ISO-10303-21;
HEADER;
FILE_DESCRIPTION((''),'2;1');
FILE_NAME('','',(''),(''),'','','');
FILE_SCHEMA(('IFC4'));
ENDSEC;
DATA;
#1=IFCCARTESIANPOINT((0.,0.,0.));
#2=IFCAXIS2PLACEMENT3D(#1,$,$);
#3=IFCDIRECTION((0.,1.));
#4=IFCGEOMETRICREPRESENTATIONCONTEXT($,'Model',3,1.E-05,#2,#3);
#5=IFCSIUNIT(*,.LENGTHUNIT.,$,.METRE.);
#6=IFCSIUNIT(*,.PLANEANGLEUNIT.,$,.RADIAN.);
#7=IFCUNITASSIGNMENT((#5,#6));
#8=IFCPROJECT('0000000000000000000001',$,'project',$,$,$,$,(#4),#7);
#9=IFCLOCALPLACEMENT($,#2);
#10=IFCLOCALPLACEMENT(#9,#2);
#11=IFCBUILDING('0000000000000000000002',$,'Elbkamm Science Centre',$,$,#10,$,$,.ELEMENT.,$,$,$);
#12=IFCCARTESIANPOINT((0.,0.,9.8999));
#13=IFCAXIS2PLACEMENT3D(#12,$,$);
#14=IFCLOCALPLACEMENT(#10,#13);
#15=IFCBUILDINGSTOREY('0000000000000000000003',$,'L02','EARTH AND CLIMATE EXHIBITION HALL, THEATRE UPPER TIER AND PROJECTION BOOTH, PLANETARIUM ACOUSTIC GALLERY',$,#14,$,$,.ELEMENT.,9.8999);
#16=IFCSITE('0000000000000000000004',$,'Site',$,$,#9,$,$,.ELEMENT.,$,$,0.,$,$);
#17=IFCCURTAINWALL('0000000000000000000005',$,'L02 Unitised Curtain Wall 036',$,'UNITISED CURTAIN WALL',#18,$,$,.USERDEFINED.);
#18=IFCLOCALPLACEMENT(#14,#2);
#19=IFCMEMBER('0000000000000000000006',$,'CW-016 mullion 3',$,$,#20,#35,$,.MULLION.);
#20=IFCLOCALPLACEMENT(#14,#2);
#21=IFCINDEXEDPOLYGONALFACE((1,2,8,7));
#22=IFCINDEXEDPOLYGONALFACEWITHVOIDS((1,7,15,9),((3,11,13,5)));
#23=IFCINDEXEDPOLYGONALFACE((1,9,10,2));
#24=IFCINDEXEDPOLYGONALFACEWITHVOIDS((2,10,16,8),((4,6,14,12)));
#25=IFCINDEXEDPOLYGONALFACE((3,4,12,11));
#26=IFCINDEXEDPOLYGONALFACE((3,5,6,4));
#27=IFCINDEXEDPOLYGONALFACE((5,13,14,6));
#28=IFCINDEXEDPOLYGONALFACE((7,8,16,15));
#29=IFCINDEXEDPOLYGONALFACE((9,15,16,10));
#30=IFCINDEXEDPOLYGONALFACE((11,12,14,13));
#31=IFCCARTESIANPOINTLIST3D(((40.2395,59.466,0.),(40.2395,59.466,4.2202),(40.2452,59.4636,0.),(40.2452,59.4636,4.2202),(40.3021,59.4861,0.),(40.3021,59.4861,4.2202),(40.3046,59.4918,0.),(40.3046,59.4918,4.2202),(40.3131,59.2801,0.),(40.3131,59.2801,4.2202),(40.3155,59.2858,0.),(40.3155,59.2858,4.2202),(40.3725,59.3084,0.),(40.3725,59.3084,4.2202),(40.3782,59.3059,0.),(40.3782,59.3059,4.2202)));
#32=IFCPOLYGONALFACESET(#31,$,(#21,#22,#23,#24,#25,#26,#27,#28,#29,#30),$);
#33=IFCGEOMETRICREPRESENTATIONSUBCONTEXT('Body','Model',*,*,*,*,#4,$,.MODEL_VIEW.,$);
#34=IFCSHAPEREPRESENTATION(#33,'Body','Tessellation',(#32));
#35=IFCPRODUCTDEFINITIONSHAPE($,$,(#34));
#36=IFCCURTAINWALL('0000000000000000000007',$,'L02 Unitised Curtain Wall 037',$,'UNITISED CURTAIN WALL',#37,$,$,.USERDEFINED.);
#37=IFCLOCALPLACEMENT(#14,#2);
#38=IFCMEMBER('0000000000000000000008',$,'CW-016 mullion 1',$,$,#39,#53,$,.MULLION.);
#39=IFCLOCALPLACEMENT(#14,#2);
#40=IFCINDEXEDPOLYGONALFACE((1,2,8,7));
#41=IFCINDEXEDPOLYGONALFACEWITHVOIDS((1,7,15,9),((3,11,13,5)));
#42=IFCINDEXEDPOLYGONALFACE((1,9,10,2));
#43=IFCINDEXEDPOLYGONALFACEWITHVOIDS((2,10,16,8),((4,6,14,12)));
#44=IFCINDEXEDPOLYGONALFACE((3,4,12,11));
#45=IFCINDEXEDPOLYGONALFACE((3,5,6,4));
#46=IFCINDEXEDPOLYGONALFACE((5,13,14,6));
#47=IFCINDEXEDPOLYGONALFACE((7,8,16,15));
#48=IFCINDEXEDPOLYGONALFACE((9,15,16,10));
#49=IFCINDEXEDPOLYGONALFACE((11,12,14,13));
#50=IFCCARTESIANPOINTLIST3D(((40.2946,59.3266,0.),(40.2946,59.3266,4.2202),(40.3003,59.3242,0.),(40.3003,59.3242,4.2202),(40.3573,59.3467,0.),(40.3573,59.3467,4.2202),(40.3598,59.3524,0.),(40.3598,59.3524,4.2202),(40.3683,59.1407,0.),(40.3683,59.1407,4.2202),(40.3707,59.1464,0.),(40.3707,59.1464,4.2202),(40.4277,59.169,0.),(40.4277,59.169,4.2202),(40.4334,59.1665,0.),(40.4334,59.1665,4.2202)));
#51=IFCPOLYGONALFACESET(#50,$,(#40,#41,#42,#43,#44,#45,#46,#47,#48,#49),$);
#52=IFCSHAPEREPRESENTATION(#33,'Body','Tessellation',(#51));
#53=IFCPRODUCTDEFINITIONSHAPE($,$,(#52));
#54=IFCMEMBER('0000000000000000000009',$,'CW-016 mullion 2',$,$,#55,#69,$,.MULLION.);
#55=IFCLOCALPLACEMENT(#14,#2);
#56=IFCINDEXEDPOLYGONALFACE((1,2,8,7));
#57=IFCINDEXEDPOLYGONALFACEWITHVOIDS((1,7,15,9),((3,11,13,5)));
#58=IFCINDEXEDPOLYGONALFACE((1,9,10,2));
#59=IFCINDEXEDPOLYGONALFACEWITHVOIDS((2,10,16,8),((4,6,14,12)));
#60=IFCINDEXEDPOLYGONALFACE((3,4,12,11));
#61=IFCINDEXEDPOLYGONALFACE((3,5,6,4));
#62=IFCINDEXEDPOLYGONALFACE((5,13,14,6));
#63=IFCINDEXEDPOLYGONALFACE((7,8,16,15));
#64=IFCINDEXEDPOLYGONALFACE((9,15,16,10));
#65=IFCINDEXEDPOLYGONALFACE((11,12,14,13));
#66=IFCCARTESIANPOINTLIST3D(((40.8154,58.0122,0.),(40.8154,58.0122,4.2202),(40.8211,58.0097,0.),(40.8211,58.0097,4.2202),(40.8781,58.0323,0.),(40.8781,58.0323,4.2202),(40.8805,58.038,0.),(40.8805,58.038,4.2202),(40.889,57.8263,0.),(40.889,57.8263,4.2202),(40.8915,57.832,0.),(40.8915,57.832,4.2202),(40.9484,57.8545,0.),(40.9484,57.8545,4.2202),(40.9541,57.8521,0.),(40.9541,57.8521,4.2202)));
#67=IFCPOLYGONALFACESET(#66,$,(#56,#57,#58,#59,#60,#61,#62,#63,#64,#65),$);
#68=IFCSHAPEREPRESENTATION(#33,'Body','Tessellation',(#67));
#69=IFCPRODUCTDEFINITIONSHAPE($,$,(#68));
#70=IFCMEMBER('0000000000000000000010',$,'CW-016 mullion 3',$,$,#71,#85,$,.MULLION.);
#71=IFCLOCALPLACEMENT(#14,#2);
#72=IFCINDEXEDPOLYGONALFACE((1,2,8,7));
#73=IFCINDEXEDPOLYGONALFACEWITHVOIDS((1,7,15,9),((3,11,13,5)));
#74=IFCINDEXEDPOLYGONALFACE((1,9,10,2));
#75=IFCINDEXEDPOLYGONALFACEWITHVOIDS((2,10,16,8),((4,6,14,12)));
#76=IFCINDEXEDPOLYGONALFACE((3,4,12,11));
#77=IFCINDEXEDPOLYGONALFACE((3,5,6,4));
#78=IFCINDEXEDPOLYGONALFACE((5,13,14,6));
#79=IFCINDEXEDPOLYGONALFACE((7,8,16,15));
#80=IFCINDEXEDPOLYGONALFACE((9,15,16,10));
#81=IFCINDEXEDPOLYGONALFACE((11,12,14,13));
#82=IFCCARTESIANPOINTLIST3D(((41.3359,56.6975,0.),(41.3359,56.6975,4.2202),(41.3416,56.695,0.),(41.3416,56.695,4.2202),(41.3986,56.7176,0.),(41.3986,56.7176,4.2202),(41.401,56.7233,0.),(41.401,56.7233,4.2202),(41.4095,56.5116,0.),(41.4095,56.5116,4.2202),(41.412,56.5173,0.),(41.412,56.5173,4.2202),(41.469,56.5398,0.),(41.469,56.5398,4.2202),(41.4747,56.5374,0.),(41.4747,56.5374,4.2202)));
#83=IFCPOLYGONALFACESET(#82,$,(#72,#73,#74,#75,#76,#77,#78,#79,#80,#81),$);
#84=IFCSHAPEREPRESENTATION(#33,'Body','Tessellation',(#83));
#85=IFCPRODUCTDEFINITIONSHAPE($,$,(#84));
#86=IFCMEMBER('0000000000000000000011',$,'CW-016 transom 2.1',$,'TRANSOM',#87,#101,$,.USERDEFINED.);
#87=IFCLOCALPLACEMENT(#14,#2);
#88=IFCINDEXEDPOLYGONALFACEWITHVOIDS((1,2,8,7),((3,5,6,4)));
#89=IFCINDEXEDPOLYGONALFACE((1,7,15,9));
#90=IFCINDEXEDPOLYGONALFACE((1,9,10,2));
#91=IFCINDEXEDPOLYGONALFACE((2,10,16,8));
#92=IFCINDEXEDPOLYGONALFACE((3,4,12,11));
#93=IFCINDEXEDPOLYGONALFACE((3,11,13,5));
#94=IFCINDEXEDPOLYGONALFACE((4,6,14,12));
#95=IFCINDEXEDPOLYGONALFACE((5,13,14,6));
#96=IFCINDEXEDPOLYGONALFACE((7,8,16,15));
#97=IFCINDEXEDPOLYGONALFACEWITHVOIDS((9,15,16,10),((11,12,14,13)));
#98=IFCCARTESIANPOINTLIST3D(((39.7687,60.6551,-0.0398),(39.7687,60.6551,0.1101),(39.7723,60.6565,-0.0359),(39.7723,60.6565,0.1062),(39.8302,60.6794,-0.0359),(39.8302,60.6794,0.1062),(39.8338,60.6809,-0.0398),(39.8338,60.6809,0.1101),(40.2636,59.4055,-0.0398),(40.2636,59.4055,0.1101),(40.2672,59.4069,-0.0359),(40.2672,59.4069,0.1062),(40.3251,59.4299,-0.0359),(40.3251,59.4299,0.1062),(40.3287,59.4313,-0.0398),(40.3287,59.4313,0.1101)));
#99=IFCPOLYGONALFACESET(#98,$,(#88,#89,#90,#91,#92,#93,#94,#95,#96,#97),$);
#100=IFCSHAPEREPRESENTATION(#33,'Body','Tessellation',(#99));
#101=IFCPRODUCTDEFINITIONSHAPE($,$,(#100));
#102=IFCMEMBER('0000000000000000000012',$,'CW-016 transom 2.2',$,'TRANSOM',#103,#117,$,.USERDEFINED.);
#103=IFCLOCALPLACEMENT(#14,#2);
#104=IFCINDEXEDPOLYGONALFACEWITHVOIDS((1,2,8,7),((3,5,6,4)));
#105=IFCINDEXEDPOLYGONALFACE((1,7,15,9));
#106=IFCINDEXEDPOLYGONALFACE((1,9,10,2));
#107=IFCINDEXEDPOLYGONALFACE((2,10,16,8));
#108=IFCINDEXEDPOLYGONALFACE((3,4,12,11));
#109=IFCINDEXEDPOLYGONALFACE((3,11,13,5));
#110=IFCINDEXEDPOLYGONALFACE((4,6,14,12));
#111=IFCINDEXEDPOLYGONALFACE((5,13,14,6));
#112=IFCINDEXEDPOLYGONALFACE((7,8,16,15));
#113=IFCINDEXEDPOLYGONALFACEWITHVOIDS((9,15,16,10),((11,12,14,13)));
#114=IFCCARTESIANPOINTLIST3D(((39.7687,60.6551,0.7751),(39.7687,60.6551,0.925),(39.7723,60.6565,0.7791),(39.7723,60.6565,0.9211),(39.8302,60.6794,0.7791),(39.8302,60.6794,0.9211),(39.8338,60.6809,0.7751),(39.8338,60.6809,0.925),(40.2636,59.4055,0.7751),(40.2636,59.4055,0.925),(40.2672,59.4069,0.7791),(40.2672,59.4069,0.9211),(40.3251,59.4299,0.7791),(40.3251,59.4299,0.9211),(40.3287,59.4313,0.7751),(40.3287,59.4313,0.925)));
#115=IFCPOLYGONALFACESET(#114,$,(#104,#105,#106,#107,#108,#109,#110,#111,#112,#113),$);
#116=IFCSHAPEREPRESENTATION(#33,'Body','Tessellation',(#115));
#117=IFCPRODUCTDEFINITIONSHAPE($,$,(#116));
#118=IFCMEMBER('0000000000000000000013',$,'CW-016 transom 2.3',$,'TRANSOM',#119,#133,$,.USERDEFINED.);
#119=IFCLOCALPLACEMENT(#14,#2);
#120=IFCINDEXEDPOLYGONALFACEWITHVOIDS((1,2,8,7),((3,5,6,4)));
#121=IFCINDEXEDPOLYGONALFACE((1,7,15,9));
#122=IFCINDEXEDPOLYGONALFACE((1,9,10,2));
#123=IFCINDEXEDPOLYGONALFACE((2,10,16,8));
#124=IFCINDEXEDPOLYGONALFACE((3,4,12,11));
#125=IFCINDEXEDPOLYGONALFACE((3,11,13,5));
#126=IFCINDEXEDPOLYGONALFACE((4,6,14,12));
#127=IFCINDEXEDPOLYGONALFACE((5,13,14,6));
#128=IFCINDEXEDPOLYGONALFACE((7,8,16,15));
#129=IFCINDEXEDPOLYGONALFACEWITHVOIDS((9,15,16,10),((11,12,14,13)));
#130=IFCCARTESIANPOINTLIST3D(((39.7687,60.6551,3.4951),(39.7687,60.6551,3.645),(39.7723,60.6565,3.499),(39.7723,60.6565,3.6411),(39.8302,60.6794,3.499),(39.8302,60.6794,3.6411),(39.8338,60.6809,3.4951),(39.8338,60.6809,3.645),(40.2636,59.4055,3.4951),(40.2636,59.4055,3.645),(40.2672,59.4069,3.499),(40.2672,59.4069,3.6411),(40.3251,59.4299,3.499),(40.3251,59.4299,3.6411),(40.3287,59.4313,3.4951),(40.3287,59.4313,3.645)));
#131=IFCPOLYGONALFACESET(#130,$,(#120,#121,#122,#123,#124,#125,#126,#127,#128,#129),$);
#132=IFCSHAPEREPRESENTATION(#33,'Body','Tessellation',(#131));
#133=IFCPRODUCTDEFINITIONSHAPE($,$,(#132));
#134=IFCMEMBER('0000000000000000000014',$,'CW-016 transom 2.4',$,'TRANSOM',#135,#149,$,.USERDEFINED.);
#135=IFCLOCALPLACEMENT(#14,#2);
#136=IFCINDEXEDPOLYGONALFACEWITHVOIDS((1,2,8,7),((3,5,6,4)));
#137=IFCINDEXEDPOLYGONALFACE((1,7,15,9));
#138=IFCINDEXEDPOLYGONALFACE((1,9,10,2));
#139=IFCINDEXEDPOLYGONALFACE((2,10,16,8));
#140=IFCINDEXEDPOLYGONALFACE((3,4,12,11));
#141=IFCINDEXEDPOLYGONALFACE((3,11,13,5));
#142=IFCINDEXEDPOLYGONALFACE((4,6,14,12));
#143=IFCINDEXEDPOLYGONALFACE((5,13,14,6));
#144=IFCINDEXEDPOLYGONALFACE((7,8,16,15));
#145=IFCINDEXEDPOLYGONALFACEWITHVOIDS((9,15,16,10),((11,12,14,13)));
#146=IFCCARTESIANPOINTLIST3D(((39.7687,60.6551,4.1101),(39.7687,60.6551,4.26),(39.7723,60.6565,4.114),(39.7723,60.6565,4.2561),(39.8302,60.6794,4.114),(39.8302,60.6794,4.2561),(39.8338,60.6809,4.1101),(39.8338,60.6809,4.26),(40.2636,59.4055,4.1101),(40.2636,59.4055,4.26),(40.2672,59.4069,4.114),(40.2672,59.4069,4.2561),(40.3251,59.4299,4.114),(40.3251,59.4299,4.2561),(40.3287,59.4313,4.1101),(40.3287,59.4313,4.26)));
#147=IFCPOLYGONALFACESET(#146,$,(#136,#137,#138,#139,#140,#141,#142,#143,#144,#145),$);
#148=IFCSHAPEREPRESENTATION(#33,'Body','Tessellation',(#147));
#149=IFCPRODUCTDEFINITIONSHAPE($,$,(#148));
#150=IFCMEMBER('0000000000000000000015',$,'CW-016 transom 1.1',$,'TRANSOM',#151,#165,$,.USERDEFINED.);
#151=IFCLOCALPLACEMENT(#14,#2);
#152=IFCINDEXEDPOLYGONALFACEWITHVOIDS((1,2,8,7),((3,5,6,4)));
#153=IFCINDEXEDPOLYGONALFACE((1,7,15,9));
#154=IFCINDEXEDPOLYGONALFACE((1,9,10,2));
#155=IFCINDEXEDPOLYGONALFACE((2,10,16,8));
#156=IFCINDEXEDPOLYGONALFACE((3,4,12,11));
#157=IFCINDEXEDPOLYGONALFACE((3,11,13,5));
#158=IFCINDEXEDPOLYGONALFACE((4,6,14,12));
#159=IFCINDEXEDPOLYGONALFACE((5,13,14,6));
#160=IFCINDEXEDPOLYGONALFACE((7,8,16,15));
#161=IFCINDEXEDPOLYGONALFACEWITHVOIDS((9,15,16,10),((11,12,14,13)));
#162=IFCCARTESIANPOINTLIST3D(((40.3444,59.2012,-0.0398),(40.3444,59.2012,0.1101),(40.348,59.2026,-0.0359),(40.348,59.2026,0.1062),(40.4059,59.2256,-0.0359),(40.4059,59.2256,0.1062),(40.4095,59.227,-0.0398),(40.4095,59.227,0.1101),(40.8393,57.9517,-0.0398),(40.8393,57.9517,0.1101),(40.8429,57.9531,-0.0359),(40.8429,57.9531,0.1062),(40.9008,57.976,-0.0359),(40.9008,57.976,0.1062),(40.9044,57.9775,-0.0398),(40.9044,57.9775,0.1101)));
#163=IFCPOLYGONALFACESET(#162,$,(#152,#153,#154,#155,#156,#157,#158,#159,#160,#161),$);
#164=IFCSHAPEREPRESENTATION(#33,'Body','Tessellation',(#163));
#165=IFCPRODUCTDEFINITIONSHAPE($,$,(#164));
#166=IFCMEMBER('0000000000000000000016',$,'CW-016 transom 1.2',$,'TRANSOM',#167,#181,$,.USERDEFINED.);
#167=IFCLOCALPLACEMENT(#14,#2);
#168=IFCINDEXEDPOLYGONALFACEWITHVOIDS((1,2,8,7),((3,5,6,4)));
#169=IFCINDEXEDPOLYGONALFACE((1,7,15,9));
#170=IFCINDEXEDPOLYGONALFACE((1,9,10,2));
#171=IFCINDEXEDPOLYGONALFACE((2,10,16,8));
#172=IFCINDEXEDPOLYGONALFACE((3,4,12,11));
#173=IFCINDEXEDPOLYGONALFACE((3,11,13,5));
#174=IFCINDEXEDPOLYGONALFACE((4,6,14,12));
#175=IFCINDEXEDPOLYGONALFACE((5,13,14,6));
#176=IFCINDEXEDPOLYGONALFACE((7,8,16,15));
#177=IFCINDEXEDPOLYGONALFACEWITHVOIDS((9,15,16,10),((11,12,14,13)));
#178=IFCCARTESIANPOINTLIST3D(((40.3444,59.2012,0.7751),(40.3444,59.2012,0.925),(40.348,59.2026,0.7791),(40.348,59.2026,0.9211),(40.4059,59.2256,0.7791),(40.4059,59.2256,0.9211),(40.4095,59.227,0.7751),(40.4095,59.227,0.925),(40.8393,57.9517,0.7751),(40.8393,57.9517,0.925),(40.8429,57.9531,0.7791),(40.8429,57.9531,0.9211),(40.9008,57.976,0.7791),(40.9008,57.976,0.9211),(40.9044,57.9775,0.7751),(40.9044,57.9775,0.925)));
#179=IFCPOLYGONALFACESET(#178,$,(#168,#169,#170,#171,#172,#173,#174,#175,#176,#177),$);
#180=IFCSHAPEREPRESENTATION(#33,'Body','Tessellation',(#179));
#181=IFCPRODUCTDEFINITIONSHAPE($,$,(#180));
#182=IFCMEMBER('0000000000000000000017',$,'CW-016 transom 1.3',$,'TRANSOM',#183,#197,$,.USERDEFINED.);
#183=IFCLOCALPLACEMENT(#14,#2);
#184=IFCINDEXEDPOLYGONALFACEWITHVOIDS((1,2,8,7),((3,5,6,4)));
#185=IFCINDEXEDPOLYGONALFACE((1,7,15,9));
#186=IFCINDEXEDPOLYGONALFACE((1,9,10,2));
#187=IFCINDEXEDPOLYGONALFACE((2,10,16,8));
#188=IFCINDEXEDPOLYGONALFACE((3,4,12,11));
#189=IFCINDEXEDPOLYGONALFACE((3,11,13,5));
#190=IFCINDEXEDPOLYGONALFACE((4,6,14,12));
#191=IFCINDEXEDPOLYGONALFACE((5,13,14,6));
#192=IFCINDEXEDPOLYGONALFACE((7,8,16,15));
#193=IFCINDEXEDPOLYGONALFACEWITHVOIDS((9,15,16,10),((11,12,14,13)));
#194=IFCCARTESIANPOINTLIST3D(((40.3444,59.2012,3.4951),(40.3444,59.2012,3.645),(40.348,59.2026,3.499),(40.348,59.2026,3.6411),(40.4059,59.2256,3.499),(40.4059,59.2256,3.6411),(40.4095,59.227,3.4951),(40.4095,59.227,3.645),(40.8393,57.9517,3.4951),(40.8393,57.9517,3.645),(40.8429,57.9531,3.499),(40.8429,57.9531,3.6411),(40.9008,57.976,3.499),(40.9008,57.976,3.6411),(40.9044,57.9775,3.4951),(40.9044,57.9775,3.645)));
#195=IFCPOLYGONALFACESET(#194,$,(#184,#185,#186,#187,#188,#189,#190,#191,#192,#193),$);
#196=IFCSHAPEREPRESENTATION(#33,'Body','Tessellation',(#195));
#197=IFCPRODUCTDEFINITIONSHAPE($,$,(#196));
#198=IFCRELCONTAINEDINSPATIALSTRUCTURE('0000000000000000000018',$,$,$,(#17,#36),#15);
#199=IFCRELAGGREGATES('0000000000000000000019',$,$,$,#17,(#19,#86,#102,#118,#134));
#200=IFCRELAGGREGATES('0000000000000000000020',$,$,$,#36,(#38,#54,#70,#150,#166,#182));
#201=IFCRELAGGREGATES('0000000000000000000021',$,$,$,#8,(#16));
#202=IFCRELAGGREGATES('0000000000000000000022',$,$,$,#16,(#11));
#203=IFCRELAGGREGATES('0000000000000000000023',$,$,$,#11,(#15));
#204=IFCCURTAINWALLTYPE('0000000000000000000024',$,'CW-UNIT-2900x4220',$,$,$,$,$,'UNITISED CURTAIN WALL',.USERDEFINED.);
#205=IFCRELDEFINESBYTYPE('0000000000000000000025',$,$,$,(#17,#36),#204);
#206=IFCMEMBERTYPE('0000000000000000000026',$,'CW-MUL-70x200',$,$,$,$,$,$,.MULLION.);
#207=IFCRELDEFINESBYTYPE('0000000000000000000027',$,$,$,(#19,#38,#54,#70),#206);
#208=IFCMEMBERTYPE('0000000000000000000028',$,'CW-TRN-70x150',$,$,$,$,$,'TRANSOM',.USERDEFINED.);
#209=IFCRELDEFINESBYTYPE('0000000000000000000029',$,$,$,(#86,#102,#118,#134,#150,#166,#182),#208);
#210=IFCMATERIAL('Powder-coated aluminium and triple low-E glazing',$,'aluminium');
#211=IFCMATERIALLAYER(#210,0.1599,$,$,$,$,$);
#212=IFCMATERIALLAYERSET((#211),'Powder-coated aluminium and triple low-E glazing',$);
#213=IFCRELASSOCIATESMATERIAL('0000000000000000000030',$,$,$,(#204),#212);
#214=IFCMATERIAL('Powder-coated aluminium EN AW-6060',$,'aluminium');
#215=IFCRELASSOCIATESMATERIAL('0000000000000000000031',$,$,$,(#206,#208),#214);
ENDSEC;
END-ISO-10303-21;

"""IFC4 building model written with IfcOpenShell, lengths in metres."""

from ifc_helpers import new_model, si_unit, direction, frame, origin, origin_2d, place, context, subcontext, project, spatial, hollow_rectangle, extrude, material, layer, layer_set, material_profile, profile_set, type_object, element, aggregate, save


model = new_model("IFC4")

# Units and contexts
model_context = context("Model", 3, precision=1e-05, world=origin(), true_north=direction((0.0, 1.0)))
body_context = subcontext(model_context, "Body", "Model", "MODEL_VIEW")
ifc_project = project(units=[si_unit("LENGTHUNIT", "METRE"), si_unit("PLANEANGLEUNIT", "RADIAN")], contexts=[model_context])

# Site, building, storey
site_placement = place(None, origin())
site = spatial("IfcSite", under=ifc_project, at=site_placement, Name="Site", CompositionType="ELEMENT", RefElevation=0.0)
building_placement = place(site_placement, origin())
building = spatial("IfcBuilding", under=site, at=building_placement, Name="Elbkamm Science Centre", CompositionType="ELEMENT")
storey_placement = place(building_placement, frame((0.0, 0.0, 9.8999)))
storey = spatial("IfcBuildingStorey", under=building, at=storey_placement, Name="L02", Description="EARTH AND CLIMATE EXHIBITION HALL, THEATRE UPPER TIER AND PROJECTION BOOTH, PLANETARIUM ACOUSTIC GALLERY", CompositionType="ELEMENT", Elevation=9.8999)

# Curtain walls, members
ifc_material_1 = material(Name="Powder-coated aluminium and triple low-E glazing", Category="aluminium")
ifc_layer_1 = layer(ifc_material_1, 0.1599)
ifc_layer_set_1 = layer_set([ifc_layer_1], Name="Powder-coated aluminium and triple low-E glazing")
curtain_wall_type = type_object("IfcCurtainWallType", Name="CW-UNIT-2900x4220", ElementType="UNITISED CURTAIN WALL", PredefinedType="USERDEFINED", material=ifc_layer_set_1)
curtain_wall_1_placement = place(storey_placement, origin())
curtain_wall_1 = element("IfcCurtainWall", 1, at=curtain_wall_1_placement, inside=storey, type_object=curtain_wall_type, Name="L02 Unitised Curtain Wall 036", ObjectType="UNITISED CURTAIN WALL", PredefinedType="USERDEFINED")
ifc_material_2 = material(Name="Powder-coated aluminium EN AW-6060", Category="aluminium")
ifc_material_profile_1 = material_profile(ifc_material_2, hollow_rectangle(XDim=0.0701, YDim=0.2, WallThickness=0.0044, at=origin_2d()), Name="ALU M70x200")
ifc_profile_set_1 = profile_set([ifc_material_profile_1], Name="Powder-coated aluminium EN AW-6060")
member_type_1 = type_object("IfcMemberType", Name="CW-MUL-70x200", PredefinedType="MULLION", material=ifc_profile_set_1)
member_1_placement = place(storey_placement, frame((40.3088, 59.386, 0.0), z_axis=(0.0, 0.0, 1.0), x_axis=(0.929749, 0.368193, 0.0)))
member_1 = element("IfcMember", 2, at=member_1_placement, type_object=member_type_1, Name="CW-016 mullion 3", PredefinedType="MULLION", context=body_context, shape_type="SweptSolid", body=[
    extrude(hollow_rectangle(XDim=0.0701, YDim=0.2, WallThickness=0.0044, at=origin_2d()), origin(), (0.0, 0.0, 1.0), 4.2202),
])
curtain_wall_2_placement = place(storey_placement, origin())
curtain_wall_2 = element("IfcCurtainWall", 3, at=curtain_wall_2_placement, inside=storey, type_object=curtain_wall_type, Name="L02 Unitised Curtain Wall 037", ObjectType="UNITISED CURTAIN WALL", PredefinedType="USERDEFINED")
member_2_placement = place(storey_placement, frame((40.364, 59.2466, 0.0), z_axis=(0.0, 0.0, 1.0), x_axis=(0.929749, 0.368193, 0.0)))
member_2 = element("IfcMember", 4, at=member_2_placement, type_object=member_type_1, Name="CW-016 mullion 1", PredefinedType="MULLION", context=body_context, shape_type="SweptSolid", body=[
    extrude(hollow_rectangle(XDim=0.0701, YDim=0.2, WallThickness=0.0044, at=origin_2d()), origin(), (0.0, 0.0, 1.0), 4.2202),
])
member_3_placement = place(storey_placement, frame((40.8848, 57.9321, 0.0), z_axis=(0.0, 0.0, 1.0), x_axis=(0.929749, 0.368193, 0.0)))
member_3 = element("IfcMember", 5, at=member_3_placement, type_object=member_type_1, Name="CW-016 mullion 2", PredefinedType="MULLION", context=body_context, shape_type="SweptSolid", body=[
    extrude(hollow_rectangle(XDim=0.0701, YDim=0.2, WallThickness=0.0044, at=origin_2d()), origin(), (0.0, 0.0, 1.0), 4.2202),
])
member_4_placement = place(storey_placement, frame((41.4053, 56.6174, 0.0), z_axis=(0.0, 0.0, 1.0), x_axis=(0.929749, 0.368193, 0.0)))
member_4 = element("IfcMember", 6, at=member_4_placement, type_object=member_type_1, Name="CW-016 mullion 3", PredefinedType="MULLION", context=body_context, shape_type="SweptSolid", body=[
    extrude(hollow_rectangle(XDim=0.0701, YDim=0.2, WallThickness=0.0044, at=origin_2d()), origin(), (0.0, 0.0, 1.0), 4.2202),
])

# Members
ifc_material_profile_2 = material_profile(ifc_material_2, hollow_rectangle(XDim=0.0701, YDim=0.1499, WallThickness=0.0039, at=origin_2d()), Name="ALU T70x150")
ifc_profile_set_2 = profile_set([ifc_material_profile_2], Name="Powder-coated aluminium EN AW-6060")
member_type_2 = type_object("IfcMemberType", Name="CW-TRN-70x150", ElementType="TRANSOM", PredefinedType="USERDEFINED", material=ifc_profile_set_2)
member_5_placement = place(storey_placement, frame((39.8013, 60.668, 0.0352), z_axis=(0.368225, -0.929737, 0.0), x_axis=(0.929737, 0.368225, 0.0)))
member_5 = element("IfcMember", 7, at=member_5_placement, type_object=member_type_2, Name="CW-016 transom 2.1", ObjectType="TRANSOM", PredefinedType="USERDEFINED", context=body_context, shape_type="SweptSolid", body=[
    extrude(hollow_rectangle(XDim=0.0701, YDim=0.1499, WallThickness=0.0039, at=origin_2d()), origin(), (0.0, 0.0, 1.0), 1.344),
])
member_6_placement = place(storey_placement, frame((39.8013, 60.668, 0.8501), z_axis=(0.368225, -0.929737, 0.0), x_axis=(0.929737, 0.368225, 0.0)))
member_6 = element("IfcMember", 8, at=member_6_placement, type_object=member_type_2, Name="CW-016 transom 2.2", ObjectType="TRANSOM", PredefinedType="USERDEFINED", context=body_context, shape_type="SweptSolid", body=[
    extrude(hollow_rectangle(XDim=0.0701, YDim=0.1499, WallThickness=0.0039, at=origin_2d()), origin(), (0.0, 0.0, 1.0), 1.344),
])
member_7_placement = place(storey_placement, frame((39.8013, 60.668, 3.5701), z_axis=(0.368225, -0.929737, 0.0), x_axis=(0.929737, 0.368225, 0.0)))
member_7 = element("IfcMember", 9, at=member_7_placement, type_object=member_type_2, Name="CW-016 transom 2.3", ObjectType="TRANSOM", PredefinedType="USERDEFINED", context=body_context, shape_type="SweptSolid", body=[
    extrude(hollow_rectangle(XDim=0.0701, YDim=0.1499, WallThickness=0.0039, at=origin_2d()), origin(), (0.0, 0.0, 1.0), 1.344),
])
member_8_placement = place(storey_placement, frame((39.8013, 60.668, 4.1851), z_axis=(0.368225, -0.929737, 0.0), x_axis=(0.929737, 0.368225, 0.0)))
member_8 = element("IfcMember", 10, at=member_8_placement, type_object=member_type_2, Name="CW-016 transom 2.4", ObjectType="TRANSOM", PredefinedType="USERDEFINED", context=body_context, shape_type="SweptSolid", body=[
    extrude(hollow_rectangle(XDim=0.0701, YDim=0.1499, WallThickness=0.0039, at=origin_2d()), origin(), (0.0, 0.0, 1.0), 1.344),
])
member_9_placement = place(storey_placement, frame((40.377, 59.2141, 0.0352), z_axis=(0.368225, -0.929737, 0.0), x_axis=(0.929737, 0.368225, 0.0)))
member_9 = element("IfcMember", 11, at=member_9_placement, type_object=member_type_2, Name="CW-016 transom 1.1", ObjectType="TRANSOM", PredefinedType="USERDEFINED", context=body_context, shape_type="SweptSolid", body=[
    extrude(hollow_rectangle(XDim=0.0701, YDim=0.1499, WallThickness=0.0039, at=origin_2d()), origin(), (0.0, 0.0, 1.0), 1.344),
])
member_10_placement = place(storey_placement, frame((40.377, 59.2141, 0.8501), z_axis=(0.368225, -0.929737, 0.0), x_axis=(0.929737, 0.368225, 0.0)))
member_10 = element("IfcMember", 12, at=member_10_placement, type_object=member_type_2, Name="CW-016 transom 1.2", ObjectType="TRANSOM", PredefinedType="USERDEFINED", context=body_context, shape_type="SweptSolid", body=[
    extrude(hollow_rectangle(XDim=0.0701, YDim=0.1499, WallThickness=0.0039, at=origin_2d()), origin(), (0.0, 0.0, 1.0), 1.344),
])
member_11_placement = place(storey_placement, frame((40.377, 59.2141, 3.5701), z_axis=(0.368225, -0.929737, 0.0), x_axis=(0.929737, 0.368225, 0.0)))
member_11 = element("IfcMember", 13, at=member_11_placement, type_object=member_type_2, Name="CW-016 transom 1.3", ObjectType="TRANSOM", PredefinedType="USERDEFINED", context=body_context, shape_type="SweptSolid", body=[
    extrude(hollow_rectangle(XDim=0.0701, YDim=0.1499, WallThickness=0.0039, at=origin_2d()), origin(), (0.0, 0.0, 1.0), 1.344),
])

aggregate(curtain_wall_1, [member_1, member_5, member_6, member_7, member_8])
aggregate(curtain_wall_2, [member_2, member_3, member_4, member_9, member_10, member_11])

save(model, "model.ifc")
